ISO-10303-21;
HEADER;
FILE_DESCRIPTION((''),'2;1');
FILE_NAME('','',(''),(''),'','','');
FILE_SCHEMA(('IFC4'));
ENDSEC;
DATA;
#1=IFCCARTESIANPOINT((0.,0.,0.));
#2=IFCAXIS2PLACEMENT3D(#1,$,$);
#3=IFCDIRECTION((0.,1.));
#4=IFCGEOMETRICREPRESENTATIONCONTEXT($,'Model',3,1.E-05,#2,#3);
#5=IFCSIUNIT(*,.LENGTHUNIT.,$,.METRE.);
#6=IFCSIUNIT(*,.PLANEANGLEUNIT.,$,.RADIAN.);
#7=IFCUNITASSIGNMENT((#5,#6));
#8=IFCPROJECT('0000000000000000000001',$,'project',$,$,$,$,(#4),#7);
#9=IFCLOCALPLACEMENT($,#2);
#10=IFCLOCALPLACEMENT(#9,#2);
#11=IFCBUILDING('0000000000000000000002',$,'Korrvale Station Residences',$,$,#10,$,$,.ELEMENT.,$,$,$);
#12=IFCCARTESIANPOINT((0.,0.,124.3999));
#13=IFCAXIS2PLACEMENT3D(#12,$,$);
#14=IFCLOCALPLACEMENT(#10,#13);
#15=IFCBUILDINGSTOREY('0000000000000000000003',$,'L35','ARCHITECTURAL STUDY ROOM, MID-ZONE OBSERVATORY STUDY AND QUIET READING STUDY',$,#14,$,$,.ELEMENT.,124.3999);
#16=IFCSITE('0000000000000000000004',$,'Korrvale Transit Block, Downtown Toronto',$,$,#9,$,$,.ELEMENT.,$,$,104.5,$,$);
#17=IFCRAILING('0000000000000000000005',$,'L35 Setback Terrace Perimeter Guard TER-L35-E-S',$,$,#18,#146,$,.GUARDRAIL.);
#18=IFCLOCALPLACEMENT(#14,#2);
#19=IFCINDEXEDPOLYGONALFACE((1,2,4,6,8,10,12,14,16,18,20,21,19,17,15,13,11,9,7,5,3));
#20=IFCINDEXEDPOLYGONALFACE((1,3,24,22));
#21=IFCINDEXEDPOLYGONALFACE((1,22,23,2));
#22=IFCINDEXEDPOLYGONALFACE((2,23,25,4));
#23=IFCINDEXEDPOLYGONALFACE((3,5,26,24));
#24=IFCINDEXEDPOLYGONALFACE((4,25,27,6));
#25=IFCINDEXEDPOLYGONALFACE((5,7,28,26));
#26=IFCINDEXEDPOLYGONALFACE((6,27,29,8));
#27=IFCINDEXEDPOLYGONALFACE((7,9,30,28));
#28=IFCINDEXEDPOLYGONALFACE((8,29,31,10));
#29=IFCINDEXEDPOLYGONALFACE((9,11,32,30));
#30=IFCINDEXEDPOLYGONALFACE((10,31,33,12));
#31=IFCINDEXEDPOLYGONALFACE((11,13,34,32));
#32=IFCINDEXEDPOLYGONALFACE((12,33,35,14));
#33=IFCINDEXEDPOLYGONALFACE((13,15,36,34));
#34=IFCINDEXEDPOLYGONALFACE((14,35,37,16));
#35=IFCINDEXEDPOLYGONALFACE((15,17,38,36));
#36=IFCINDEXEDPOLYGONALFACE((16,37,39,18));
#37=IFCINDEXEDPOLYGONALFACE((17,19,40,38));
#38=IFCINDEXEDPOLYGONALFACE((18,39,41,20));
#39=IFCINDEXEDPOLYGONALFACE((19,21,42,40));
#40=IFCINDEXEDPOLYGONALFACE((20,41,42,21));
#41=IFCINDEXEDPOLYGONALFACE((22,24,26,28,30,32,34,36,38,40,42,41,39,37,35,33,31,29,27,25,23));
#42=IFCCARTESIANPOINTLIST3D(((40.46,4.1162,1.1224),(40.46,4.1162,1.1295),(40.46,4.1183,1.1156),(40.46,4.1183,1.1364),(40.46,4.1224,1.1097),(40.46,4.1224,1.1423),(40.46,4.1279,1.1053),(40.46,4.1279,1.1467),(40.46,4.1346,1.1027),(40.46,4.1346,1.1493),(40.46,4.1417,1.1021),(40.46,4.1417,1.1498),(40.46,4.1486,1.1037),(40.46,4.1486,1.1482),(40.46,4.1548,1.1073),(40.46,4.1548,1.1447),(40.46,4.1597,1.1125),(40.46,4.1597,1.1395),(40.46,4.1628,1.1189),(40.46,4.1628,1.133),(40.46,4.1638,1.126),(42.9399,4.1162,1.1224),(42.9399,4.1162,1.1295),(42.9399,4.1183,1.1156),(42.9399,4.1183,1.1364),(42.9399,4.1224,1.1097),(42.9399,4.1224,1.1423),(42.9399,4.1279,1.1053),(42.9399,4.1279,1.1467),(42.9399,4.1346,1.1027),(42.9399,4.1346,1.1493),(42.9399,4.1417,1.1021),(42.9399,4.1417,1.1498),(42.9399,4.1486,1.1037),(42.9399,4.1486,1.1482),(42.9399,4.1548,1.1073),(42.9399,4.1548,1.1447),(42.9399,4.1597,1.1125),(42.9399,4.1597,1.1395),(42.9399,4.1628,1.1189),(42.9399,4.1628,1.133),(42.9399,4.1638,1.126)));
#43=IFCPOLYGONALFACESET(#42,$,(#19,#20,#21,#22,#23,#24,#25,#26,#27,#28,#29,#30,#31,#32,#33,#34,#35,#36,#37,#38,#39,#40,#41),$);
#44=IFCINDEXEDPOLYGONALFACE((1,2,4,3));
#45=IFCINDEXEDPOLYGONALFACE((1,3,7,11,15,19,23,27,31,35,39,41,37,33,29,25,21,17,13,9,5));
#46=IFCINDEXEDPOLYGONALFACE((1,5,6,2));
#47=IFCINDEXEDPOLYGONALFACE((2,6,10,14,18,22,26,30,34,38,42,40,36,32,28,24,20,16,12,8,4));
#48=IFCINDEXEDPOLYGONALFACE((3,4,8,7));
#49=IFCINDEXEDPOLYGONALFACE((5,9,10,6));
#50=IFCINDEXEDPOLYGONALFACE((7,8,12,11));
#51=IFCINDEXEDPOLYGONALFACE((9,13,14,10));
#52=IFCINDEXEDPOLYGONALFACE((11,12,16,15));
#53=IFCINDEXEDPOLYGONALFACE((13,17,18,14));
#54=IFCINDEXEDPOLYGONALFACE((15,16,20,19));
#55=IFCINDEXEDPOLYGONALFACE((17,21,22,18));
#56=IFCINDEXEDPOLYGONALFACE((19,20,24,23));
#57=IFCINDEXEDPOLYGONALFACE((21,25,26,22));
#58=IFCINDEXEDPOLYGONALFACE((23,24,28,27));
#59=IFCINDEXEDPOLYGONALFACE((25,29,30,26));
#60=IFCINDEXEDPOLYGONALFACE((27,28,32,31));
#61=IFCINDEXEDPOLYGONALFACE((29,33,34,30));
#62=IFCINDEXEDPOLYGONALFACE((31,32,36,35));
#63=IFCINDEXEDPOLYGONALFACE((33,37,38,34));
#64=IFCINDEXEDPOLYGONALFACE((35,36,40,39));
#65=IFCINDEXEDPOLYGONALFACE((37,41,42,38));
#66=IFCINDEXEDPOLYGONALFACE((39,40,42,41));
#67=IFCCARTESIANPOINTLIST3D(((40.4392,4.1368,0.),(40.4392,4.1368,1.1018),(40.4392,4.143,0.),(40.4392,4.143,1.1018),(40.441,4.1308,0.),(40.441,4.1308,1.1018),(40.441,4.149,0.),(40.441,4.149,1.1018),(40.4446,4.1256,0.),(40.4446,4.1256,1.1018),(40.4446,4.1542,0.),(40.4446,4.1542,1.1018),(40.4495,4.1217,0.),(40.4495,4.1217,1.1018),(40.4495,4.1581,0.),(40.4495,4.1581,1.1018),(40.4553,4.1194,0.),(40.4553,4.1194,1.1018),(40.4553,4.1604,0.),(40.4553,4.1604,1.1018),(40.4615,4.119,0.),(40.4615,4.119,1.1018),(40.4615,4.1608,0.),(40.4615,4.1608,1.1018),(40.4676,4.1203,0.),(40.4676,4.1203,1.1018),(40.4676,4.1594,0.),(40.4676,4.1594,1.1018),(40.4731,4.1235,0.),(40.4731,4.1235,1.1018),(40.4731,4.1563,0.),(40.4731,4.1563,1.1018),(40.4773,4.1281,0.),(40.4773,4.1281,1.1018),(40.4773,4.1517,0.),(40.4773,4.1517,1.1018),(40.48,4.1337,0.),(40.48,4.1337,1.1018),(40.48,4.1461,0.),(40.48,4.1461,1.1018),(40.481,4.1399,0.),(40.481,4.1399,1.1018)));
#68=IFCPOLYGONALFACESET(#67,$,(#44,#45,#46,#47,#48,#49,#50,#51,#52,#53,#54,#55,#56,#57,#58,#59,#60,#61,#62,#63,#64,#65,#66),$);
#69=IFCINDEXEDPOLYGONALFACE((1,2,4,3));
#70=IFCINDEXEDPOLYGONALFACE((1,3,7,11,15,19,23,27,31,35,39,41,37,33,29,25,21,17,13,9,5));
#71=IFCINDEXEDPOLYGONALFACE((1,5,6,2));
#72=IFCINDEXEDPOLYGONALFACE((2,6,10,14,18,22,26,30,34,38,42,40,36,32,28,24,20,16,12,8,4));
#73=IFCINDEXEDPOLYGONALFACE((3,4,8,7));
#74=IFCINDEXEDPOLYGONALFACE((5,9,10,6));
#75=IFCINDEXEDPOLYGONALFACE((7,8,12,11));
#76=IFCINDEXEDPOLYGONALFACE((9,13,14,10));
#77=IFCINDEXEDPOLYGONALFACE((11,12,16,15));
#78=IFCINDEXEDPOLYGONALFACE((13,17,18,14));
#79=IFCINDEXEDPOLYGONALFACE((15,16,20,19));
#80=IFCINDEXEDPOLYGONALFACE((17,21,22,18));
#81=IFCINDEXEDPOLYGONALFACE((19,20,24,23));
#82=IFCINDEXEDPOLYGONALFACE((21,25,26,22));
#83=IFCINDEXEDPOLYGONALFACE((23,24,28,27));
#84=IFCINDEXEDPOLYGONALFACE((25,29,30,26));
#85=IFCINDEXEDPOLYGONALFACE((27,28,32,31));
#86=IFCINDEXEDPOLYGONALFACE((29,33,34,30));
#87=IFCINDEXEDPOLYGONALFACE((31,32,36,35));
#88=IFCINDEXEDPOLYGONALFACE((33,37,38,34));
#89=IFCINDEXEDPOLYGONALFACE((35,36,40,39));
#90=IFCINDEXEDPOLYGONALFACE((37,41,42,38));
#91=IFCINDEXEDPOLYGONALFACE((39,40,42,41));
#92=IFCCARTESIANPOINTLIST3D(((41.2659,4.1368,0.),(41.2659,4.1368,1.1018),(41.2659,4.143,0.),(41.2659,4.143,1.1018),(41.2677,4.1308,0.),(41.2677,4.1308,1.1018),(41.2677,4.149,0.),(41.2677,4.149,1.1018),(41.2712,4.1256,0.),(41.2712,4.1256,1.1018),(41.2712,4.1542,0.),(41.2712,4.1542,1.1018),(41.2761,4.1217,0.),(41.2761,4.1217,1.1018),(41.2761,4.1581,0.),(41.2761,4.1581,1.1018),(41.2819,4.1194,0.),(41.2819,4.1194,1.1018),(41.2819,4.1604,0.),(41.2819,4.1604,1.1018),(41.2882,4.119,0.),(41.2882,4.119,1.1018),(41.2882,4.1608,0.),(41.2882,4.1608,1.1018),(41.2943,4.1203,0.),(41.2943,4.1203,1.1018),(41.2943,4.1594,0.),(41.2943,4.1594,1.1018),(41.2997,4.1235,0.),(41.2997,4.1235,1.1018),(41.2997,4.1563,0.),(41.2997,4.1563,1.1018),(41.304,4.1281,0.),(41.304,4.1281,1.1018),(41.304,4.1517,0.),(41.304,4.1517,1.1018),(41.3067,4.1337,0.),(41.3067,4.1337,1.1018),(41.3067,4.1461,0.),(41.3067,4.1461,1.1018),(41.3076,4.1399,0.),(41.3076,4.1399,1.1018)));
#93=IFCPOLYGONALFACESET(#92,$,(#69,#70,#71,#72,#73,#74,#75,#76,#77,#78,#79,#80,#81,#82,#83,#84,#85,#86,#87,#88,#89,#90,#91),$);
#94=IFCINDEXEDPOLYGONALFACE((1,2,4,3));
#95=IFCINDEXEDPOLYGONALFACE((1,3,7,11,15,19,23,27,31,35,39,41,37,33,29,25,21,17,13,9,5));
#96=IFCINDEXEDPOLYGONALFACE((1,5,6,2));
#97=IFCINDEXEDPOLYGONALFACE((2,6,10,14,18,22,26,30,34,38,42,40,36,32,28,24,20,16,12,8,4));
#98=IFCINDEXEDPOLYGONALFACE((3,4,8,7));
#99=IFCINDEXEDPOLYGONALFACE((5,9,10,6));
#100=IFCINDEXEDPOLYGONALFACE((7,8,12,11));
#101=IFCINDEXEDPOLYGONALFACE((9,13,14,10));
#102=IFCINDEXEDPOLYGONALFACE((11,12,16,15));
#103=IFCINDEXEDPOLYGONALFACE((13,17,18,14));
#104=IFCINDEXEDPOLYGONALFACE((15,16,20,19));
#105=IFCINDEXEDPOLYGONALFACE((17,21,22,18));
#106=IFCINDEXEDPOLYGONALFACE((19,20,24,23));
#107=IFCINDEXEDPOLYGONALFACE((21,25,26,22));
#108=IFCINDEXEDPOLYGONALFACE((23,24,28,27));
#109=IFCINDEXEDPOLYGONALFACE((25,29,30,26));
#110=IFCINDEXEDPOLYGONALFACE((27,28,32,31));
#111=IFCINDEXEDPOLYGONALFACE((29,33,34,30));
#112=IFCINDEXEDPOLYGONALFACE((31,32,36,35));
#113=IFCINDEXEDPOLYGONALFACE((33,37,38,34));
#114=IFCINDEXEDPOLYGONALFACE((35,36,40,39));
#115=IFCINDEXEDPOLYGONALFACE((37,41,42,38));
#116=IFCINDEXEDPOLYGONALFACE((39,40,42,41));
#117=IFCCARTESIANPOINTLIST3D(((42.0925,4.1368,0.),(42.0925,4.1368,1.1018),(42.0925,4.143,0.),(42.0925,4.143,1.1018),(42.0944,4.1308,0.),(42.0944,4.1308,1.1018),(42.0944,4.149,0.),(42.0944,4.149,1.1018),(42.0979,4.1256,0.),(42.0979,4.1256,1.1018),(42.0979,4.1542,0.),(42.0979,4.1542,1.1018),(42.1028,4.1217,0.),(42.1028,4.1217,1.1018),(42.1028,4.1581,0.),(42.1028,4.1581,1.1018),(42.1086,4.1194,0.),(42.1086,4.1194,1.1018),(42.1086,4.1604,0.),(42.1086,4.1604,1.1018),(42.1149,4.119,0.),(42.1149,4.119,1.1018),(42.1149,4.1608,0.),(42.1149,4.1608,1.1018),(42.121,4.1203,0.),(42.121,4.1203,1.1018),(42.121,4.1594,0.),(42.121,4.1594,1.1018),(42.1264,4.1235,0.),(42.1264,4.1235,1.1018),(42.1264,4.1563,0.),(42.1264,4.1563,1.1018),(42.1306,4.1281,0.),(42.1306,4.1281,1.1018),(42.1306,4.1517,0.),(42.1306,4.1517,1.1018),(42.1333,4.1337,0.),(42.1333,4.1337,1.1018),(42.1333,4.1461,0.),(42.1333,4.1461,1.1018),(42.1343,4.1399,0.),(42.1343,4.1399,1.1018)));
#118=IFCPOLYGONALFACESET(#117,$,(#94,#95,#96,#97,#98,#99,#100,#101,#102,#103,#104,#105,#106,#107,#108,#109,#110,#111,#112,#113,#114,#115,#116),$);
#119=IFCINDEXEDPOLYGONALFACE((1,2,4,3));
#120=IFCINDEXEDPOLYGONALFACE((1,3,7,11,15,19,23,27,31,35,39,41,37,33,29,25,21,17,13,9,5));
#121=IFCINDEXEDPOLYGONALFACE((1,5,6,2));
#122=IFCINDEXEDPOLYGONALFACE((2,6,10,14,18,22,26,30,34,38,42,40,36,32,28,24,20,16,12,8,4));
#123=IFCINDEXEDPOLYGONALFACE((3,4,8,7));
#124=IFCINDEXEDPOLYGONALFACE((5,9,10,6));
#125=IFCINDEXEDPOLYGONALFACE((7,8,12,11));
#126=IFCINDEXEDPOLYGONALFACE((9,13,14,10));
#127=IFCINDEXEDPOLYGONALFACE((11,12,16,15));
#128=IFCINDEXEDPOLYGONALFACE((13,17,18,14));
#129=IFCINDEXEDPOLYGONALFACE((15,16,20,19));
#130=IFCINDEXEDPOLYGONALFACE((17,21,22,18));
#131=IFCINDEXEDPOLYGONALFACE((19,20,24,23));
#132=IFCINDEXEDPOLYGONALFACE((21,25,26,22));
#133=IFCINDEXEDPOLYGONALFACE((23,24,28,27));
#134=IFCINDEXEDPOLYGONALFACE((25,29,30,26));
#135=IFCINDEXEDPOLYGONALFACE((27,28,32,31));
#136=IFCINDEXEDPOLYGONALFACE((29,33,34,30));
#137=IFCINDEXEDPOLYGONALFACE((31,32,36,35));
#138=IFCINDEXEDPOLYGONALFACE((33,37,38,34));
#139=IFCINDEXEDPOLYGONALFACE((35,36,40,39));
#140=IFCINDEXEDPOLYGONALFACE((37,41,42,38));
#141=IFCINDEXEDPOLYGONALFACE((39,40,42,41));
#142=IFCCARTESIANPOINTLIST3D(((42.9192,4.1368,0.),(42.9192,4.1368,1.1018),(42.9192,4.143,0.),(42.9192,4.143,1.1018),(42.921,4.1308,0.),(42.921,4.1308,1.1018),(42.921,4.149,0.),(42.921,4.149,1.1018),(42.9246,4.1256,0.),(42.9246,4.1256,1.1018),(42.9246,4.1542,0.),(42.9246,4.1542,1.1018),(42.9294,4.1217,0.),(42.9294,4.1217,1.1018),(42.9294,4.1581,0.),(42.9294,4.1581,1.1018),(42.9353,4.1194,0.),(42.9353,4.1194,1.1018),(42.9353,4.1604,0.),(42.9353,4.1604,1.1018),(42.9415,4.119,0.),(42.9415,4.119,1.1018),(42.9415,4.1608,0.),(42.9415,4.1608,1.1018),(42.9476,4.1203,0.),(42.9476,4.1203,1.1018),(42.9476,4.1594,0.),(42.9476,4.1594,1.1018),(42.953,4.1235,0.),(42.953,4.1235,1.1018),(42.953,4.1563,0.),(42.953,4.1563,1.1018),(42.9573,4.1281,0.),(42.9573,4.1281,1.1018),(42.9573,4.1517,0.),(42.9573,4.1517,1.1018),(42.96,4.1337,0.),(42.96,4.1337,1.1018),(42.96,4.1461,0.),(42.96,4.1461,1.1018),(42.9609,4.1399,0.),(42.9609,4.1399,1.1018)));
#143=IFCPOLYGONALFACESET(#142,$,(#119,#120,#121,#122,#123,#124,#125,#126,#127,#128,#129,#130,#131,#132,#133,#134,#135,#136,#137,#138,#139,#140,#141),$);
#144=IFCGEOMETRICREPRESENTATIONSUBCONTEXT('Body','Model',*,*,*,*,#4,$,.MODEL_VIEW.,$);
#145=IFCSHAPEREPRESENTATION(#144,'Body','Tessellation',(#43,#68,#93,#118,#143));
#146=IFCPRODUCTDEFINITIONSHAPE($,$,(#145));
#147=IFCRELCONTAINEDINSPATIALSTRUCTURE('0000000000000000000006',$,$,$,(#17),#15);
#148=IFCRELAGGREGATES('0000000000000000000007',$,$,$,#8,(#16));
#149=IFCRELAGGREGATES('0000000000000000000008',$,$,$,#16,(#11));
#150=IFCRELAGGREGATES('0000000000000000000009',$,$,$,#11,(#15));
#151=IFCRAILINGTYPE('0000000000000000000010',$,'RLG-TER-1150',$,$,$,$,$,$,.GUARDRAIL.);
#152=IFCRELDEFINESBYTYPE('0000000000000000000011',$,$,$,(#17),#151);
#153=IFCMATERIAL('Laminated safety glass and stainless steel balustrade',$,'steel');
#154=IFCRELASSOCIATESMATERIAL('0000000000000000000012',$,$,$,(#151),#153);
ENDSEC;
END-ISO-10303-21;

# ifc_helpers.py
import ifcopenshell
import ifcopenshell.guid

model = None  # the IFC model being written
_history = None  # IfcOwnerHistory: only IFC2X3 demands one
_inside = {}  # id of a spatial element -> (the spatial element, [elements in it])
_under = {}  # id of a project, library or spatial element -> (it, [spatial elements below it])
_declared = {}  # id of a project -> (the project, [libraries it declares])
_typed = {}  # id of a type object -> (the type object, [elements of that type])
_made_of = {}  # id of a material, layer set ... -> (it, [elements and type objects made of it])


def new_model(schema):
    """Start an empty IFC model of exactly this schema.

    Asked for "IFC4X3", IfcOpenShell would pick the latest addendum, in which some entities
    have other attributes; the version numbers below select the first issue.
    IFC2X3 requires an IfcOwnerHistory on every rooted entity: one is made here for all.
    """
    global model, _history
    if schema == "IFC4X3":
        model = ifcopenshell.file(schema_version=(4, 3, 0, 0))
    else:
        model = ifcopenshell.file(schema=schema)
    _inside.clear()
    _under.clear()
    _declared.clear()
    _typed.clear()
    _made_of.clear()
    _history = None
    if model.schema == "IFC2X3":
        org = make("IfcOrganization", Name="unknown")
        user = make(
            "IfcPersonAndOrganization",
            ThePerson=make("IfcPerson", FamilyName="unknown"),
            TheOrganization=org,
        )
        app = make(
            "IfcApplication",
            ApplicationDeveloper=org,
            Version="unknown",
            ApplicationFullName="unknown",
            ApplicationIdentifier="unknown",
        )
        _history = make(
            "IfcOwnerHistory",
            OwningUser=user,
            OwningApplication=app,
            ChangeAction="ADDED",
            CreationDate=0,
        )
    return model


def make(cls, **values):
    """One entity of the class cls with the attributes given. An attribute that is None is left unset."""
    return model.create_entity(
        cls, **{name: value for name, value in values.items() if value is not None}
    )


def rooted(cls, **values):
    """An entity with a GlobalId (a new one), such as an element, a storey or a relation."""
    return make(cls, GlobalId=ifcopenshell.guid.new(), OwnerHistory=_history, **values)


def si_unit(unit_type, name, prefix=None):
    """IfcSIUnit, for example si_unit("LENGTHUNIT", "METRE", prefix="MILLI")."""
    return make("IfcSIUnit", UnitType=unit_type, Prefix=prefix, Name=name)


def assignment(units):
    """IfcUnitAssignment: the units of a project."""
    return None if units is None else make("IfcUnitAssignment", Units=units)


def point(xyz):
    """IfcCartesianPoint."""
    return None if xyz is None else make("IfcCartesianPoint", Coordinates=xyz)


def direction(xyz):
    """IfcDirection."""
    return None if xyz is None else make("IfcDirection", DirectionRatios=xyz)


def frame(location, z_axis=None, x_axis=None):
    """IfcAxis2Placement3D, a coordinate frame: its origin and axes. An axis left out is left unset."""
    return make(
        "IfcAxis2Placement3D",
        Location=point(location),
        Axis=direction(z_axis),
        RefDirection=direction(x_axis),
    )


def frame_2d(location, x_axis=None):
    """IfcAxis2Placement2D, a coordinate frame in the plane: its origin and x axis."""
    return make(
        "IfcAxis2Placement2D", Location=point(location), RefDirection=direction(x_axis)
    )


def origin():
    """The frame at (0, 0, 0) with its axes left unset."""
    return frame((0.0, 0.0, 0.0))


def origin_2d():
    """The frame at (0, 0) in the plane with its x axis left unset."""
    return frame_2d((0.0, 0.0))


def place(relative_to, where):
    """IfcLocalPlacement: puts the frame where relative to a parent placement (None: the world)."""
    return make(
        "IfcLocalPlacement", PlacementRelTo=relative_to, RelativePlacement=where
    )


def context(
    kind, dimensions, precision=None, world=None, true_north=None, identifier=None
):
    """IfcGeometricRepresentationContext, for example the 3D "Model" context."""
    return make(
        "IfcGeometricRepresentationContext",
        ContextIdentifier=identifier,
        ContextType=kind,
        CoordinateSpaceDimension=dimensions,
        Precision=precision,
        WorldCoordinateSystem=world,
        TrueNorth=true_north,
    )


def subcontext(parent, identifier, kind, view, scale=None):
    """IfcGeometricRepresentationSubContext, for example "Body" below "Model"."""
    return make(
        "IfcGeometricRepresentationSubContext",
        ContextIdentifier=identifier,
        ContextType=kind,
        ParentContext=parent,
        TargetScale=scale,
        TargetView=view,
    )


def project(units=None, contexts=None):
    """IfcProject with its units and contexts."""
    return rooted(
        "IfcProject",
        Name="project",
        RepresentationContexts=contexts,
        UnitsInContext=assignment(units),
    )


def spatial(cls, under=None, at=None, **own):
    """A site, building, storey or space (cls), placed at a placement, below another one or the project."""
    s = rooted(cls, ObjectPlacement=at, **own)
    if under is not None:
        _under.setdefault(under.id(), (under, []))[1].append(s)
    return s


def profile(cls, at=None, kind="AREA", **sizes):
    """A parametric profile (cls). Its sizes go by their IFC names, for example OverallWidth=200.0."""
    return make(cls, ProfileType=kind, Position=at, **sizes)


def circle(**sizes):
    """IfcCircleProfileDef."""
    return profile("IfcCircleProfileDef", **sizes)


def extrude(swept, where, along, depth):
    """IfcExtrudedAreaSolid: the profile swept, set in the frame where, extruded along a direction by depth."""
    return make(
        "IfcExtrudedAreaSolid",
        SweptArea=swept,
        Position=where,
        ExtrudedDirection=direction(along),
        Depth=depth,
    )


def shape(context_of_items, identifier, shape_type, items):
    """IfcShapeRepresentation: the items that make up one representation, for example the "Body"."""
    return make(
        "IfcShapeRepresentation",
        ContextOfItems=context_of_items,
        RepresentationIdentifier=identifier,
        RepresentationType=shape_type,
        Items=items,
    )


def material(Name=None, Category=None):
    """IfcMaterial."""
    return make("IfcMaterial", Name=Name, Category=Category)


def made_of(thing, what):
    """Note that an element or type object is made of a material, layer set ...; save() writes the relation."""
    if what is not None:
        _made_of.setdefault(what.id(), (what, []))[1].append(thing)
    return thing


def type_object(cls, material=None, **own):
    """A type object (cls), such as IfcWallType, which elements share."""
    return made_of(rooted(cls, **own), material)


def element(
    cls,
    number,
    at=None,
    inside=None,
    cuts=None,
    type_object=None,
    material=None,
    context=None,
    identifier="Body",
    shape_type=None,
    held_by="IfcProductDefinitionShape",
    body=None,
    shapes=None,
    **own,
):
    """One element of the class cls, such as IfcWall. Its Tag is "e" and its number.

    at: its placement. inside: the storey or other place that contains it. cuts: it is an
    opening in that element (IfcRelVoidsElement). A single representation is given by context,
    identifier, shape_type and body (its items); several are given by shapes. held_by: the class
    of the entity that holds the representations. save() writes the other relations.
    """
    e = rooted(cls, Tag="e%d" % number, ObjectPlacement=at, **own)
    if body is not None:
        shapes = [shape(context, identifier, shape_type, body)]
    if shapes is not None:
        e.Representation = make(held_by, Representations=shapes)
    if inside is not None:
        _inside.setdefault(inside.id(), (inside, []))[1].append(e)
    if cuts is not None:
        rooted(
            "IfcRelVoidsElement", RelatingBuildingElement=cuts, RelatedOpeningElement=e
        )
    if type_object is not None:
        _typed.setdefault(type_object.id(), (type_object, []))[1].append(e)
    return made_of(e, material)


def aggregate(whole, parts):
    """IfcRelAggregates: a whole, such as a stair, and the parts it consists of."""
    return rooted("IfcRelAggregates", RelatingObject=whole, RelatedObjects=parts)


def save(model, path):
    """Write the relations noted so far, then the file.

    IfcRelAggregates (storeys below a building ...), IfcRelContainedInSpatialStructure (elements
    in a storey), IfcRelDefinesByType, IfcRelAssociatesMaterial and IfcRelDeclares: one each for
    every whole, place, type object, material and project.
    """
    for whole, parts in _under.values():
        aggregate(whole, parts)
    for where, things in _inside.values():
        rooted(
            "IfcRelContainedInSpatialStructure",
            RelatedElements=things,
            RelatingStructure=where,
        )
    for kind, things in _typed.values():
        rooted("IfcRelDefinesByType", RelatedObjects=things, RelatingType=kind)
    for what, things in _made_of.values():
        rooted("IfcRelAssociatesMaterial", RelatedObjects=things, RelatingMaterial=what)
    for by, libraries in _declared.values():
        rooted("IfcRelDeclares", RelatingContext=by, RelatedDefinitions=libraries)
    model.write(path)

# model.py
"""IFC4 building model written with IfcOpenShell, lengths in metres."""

from ifc_helpers import new_model, si_unit, direction, frame, origin, origin_2d, place, context, subcontext, project, spatial, circle, extrude, material, type_object, element, save


model = new_model("IFC4")

# Units and contexts
model_context = context("Model", 3, precision=1e-05, world=origin(), true_north=direction((0.0, 1.0)))
body_context = subcontext(model_context, "Body", "Model", "MODEL_VIEW")
ifc_project = project(units=[si_unit("LENGTHUNIT", "METRE"), si_unit("PLANEANGLEUNIT", "RADIAN")], contexts=[model_context])

# Site, building, storey
site_placement = place(None, origin())
site = spatial("IfcSite", under=ifc_project, at=site_placement, Name="Korrvale Transit Block, Downtown Toronto", CompositionType="ELEMENT", RefElevation=104.5)
building_placement = place(site_placement, origin())
building = spatial("IfcBuilding", under=site, at=building_placement, Name="Korrvale Station Residences", CompositionType="ELEMENT")
storey_placement = place(building_placement, frame((0.0, 0.0, 124.3999)))
storey = spatial("IfcBuildingStorey", under=building, at=storey_placement, Name="L35", Description="ARCHITECTURAL STUDY ROOM, MID-ZONE OBSERVATORY STUDY AND QUIET READING STUDY", CompositionType="ELEMENT", Elevation=124.3999)

# Railing
ifc_material_1 = material(Name="Laminated safety glass and stainless steel balustrade", Category="steel")
railing_type = type_object("IfcRailingType", Name="RLG-TER-1150", PredefinedType="GUARDRAIL", material=ifc_material_1)
railing_1_placement = place(storey_placement, frame((40.46, 4.1399, 0.0)))
element("IfcRailing", 1, at=railing_1_placement, inside=storey, type_object=railing_type, Name="L35 Setback Terrace Perimeter Guard TER-L35-E-S", PredefinedType="GUARDRAIL", context=body_context, shape_type="SweptSolid", body=[
    extrude(circle(Radius=0.0239, at=origin_2d()), frame((0.0, 0.0, 1.126), z_axis=(1.0, 0.0, 0.0), x_axis=(0.0, 1.0, 0.0)), (0.0, 0.0, 1.0), 2.48),
    extrude(circle(Radius=0.021, at=origin_2d()), origin(), (0.0, 0.0, 1.0), 1.1018),
    extrude(circle(Radius=0.021, at=origin_2d()), frame((0.8267, 0.0, 0.0)), (0.0, 0.0, 1.0), 1.1018),
    extrude(circle(Radius=0.021, at=origin_2d()), frame((1.6533, 0.0, 0.0)), (0.0, 0.0, 1.0), 1.1018),
    extrude(circle(Radius=0.021, at=origin_2d()), frame((2.48, 0.0, 0.0)), (0.0, 0.0, 1.0), 1.1018),
])

save(model, "model.ifc")
